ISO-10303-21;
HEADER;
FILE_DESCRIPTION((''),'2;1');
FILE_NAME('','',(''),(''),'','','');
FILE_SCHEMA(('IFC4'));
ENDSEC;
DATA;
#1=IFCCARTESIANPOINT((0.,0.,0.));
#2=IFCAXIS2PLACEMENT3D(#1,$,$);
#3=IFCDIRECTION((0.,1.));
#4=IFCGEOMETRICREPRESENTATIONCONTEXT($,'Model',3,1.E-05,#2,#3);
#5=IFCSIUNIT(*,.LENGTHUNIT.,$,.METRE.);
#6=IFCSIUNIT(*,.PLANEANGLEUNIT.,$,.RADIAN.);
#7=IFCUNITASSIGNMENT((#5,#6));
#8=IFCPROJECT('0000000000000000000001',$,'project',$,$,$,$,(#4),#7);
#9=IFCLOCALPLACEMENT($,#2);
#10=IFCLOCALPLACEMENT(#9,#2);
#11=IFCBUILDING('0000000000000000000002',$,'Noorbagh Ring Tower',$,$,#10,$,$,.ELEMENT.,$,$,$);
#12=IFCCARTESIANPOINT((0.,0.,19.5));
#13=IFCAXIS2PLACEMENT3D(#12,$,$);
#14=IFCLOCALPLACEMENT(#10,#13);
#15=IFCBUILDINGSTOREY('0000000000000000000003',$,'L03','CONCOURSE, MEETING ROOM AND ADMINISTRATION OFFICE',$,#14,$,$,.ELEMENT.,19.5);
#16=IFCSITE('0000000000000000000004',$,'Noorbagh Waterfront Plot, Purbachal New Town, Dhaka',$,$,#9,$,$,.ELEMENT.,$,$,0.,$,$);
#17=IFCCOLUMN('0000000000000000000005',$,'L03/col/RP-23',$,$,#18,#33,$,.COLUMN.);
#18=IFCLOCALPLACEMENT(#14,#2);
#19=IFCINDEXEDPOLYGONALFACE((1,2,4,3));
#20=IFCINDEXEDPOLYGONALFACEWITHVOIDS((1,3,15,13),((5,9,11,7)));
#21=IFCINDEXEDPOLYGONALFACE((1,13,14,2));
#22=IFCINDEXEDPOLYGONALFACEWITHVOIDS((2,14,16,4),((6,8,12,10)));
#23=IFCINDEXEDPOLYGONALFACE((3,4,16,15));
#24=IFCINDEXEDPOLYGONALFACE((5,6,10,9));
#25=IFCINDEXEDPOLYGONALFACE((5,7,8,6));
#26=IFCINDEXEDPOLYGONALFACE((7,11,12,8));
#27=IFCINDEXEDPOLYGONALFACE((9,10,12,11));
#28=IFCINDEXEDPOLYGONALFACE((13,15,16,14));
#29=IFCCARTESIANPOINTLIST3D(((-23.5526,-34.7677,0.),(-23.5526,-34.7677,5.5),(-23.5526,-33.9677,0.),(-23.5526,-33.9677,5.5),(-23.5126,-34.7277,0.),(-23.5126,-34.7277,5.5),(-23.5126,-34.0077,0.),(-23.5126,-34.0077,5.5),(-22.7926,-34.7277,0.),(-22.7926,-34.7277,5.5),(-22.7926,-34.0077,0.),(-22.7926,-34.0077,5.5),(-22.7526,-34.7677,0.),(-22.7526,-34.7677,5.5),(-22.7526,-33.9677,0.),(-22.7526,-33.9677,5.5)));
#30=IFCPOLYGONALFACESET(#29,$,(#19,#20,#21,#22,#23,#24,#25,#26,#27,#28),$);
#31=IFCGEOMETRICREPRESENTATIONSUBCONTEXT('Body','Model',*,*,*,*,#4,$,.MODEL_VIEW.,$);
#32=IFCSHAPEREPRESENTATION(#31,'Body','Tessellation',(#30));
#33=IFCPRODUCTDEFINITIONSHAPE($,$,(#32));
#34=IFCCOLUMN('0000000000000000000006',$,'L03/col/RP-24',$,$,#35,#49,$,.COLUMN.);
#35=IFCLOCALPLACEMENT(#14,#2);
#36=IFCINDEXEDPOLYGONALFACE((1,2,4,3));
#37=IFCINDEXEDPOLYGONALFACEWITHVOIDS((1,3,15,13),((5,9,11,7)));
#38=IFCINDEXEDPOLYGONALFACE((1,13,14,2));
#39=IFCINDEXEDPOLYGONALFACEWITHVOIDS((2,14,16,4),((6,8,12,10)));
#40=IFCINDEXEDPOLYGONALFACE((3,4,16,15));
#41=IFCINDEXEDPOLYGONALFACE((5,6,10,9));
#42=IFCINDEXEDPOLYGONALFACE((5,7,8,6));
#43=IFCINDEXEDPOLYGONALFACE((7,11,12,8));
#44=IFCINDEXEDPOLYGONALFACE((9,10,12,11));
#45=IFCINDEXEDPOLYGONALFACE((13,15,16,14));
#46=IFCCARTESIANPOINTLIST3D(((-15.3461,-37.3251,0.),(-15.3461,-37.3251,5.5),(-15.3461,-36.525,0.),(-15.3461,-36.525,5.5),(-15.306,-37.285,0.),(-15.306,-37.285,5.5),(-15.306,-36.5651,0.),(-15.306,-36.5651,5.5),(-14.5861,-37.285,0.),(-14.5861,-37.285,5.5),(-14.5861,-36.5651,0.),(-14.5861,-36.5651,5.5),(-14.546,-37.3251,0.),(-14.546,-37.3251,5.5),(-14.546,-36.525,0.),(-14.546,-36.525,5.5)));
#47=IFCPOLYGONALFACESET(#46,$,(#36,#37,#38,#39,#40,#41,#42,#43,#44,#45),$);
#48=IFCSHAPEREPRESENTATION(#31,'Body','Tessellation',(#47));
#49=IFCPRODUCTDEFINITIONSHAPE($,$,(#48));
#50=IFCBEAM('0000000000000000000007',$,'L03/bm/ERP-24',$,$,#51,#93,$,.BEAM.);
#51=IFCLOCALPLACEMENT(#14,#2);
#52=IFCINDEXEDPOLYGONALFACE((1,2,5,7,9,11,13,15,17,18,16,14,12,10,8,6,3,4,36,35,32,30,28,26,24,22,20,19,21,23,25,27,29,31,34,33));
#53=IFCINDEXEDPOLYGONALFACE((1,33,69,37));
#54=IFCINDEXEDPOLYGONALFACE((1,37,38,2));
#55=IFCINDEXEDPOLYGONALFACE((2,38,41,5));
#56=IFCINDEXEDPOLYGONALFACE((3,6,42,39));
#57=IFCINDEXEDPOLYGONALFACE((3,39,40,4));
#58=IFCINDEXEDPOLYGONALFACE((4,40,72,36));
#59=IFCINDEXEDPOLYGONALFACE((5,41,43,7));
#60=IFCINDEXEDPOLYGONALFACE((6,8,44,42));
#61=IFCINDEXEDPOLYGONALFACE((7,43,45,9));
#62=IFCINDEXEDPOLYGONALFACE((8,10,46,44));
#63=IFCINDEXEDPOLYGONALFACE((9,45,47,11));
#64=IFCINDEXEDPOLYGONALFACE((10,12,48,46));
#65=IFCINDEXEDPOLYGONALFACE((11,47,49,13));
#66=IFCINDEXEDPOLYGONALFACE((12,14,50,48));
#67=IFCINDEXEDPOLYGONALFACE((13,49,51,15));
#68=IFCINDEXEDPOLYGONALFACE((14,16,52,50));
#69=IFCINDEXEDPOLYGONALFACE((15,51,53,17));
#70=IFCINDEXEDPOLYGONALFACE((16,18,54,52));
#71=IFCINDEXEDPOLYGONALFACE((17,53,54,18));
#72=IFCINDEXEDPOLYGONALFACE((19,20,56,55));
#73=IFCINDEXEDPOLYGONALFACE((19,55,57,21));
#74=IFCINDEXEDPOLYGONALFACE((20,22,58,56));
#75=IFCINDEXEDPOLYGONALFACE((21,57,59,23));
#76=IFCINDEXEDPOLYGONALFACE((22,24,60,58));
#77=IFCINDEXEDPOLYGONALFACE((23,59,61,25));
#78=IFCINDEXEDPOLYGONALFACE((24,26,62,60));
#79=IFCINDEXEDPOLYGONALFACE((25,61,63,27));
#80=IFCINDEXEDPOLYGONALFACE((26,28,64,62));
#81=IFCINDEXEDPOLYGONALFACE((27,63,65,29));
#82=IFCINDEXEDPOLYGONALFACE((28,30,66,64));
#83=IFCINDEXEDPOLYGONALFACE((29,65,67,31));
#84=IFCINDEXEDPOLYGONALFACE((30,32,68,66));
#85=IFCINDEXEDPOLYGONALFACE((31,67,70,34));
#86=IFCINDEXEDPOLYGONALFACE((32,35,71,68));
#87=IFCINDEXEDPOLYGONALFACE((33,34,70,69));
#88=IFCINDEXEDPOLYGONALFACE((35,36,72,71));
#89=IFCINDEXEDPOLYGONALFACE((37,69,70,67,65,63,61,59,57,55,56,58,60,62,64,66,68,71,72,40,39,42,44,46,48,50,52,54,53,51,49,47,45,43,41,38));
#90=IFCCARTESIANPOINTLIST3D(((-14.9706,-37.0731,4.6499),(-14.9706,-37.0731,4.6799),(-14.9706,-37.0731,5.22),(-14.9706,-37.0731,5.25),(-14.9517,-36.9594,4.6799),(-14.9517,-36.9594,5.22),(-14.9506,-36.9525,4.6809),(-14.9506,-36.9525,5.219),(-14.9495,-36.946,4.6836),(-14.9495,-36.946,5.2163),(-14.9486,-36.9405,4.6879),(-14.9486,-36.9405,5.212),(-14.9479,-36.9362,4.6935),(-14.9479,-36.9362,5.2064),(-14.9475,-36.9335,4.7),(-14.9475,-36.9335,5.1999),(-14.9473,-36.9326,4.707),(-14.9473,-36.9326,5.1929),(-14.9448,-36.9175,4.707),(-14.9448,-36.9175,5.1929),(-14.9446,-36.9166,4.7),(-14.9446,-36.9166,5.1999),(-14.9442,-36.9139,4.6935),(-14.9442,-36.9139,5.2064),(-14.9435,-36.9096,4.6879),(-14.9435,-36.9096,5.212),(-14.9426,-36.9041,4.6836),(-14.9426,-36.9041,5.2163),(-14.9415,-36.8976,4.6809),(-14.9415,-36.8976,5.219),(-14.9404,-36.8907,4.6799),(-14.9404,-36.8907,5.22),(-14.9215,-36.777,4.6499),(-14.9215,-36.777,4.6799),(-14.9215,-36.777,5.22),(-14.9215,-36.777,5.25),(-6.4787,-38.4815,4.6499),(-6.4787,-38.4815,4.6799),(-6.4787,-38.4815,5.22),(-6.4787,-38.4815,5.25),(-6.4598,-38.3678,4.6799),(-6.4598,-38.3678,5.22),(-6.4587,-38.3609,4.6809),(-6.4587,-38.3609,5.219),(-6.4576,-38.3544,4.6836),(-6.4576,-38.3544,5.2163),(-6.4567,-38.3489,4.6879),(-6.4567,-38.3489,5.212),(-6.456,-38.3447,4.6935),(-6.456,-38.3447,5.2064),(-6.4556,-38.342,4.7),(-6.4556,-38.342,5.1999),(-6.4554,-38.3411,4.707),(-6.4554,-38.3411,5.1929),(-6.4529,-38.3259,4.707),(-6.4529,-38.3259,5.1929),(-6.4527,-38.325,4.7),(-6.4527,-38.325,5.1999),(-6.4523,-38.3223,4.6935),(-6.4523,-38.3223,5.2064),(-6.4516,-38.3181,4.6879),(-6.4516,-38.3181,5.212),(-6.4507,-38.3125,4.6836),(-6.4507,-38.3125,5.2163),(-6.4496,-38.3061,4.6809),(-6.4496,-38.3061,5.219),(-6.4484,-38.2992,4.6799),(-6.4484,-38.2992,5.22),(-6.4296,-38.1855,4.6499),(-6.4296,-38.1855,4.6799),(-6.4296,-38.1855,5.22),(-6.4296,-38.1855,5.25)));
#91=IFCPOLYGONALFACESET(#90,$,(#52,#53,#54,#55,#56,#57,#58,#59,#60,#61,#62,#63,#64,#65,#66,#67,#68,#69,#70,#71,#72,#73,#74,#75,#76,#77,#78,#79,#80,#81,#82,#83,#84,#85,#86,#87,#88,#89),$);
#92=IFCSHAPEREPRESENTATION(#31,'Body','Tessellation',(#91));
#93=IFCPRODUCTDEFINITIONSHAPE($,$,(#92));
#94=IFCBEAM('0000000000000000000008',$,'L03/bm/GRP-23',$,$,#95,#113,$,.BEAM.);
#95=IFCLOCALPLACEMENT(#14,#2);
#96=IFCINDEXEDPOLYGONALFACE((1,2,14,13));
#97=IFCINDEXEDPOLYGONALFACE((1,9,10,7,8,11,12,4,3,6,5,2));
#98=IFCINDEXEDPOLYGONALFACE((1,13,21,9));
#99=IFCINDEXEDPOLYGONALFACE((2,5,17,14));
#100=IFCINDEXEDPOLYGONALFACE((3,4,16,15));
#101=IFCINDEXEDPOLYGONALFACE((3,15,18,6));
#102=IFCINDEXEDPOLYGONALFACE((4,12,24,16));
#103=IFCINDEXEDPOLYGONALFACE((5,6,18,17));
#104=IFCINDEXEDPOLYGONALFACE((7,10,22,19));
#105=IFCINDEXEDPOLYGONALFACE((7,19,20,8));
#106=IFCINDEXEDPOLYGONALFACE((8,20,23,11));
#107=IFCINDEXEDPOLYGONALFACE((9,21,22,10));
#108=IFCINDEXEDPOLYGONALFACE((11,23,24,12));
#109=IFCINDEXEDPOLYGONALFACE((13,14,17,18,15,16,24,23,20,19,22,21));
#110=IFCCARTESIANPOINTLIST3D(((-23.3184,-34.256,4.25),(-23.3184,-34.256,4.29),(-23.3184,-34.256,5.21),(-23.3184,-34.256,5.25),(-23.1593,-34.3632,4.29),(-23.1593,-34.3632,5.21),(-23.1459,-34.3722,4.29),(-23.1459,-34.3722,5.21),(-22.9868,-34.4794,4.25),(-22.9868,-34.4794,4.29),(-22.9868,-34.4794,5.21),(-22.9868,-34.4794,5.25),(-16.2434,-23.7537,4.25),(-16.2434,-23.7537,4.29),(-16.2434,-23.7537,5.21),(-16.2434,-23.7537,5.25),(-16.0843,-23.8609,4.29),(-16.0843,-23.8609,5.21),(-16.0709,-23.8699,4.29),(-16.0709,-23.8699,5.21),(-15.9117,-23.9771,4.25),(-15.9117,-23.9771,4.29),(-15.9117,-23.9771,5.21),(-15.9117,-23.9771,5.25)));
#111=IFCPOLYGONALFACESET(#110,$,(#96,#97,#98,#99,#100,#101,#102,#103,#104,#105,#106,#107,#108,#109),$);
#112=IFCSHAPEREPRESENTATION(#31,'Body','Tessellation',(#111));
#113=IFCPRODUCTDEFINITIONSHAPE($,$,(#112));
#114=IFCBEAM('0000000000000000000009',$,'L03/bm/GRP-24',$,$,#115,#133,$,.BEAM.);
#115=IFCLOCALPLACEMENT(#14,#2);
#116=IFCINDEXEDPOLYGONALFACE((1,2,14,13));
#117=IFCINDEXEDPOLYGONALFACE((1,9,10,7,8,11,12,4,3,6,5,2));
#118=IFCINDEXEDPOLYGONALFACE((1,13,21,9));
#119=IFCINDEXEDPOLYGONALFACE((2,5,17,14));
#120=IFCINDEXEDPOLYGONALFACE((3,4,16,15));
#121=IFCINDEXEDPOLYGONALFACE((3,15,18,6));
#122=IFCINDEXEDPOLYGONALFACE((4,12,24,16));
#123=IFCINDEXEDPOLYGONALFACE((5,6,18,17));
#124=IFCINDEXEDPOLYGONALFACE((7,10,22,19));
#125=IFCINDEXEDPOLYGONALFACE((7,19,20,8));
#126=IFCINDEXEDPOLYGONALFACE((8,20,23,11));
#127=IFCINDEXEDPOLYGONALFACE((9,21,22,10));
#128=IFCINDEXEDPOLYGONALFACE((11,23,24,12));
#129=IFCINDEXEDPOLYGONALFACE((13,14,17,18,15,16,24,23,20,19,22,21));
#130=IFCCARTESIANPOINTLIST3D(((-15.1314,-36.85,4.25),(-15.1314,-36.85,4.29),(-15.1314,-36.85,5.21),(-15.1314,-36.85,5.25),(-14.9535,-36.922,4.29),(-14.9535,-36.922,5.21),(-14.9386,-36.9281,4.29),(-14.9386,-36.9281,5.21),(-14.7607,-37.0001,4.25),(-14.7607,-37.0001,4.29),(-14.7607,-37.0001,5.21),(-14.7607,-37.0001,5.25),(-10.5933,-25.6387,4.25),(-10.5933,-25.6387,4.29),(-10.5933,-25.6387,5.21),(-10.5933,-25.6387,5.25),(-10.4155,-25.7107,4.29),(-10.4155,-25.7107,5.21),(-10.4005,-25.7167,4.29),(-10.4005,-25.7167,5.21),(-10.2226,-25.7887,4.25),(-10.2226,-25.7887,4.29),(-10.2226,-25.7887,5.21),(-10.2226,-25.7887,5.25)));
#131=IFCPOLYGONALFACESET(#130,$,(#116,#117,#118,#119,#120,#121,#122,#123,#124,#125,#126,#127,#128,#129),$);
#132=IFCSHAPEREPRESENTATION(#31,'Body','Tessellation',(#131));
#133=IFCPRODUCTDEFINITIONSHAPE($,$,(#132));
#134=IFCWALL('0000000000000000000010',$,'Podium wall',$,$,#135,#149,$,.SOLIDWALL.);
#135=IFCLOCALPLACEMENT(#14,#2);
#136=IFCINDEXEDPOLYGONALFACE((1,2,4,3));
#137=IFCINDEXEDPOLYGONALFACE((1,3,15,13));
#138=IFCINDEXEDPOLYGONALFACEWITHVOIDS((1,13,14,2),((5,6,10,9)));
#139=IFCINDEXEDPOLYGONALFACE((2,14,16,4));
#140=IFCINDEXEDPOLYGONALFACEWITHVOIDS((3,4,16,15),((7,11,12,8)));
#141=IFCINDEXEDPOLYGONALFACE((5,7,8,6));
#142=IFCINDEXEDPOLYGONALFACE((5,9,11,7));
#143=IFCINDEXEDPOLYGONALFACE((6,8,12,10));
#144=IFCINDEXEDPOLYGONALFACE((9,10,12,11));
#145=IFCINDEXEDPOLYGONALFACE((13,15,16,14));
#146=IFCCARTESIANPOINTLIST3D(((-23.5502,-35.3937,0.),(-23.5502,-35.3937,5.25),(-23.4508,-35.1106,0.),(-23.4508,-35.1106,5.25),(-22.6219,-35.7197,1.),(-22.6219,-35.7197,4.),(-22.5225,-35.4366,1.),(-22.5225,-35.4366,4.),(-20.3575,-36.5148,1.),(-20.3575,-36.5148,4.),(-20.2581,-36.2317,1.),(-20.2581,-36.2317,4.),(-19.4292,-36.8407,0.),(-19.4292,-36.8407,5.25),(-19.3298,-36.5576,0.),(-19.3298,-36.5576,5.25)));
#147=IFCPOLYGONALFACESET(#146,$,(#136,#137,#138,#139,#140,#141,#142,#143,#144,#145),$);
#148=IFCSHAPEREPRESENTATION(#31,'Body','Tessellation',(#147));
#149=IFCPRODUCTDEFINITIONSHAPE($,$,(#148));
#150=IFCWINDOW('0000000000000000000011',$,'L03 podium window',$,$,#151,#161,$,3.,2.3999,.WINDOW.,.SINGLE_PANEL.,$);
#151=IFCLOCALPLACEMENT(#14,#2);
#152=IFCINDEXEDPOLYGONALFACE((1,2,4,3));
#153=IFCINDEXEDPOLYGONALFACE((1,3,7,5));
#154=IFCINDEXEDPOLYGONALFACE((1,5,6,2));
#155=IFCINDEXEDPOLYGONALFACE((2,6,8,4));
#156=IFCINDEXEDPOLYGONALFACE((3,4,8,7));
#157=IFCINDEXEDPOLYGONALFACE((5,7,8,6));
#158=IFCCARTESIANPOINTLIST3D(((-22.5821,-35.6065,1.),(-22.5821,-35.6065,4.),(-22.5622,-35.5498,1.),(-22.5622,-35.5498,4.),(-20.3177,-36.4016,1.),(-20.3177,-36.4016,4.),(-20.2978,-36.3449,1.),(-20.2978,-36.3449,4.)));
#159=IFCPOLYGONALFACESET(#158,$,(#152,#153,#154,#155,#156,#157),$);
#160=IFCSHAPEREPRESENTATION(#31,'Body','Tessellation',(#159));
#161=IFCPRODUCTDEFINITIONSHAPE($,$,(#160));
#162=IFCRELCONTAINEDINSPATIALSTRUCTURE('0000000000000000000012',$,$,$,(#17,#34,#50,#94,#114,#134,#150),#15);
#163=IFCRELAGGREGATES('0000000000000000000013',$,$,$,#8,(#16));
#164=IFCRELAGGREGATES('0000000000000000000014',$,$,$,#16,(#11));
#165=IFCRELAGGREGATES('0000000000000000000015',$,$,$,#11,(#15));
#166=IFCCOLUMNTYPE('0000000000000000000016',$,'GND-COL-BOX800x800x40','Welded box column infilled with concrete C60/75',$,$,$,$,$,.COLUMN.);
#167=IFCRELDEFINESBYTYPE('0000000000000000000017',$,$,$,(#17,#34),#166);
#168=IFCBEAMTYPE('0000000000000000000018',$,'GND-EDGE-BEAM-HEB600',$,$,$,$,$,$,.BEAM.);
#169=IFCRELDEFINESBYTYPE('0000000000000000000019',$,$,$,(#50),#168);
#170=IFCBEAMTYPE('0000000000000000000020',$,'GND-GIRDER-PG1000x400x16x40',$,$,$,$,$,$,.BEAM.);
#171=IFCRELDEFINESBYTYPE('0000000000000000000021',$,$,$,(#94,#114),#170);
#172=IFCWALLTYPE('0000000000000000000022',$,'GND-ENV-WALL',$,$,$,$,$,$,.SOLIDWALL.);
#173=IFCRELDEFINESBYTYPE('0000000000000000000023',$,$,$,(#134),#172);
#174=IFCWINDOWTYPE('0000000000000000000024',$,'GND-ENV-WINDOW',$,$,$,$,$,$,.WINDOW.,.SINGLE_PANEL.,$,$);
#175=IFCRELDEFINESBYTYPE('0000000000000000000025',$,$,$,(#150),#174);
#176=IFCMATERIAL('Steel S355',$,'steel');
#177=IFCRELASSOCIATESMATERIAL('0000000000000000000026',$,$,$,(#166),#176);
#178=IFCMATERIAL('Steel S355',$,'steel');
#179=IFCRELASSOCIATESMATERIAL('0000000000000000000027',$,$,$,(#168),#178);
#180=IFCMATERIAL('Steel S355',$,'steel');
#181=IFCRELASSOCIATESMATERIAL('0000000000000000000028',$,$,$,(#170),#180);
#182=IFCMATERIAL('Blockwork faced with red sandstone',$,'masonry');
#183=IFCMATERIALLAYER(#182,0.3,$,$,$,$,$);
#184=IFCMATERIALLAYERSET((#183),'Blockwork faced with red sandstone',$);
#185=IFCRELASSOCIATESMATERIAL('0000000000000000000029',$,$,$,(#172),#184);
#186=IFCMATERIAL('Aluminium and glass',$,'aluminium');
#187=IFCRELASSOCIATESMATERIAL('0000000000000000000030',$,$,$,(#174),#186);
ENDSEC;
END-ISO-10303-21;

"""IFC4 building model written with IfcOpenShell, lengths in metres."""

from ifc_helpers import new_model, si_unit, direction, frame, frame_2d, origin, origin_2d, place, context, subcontext, project, spatial, rectangle, hollow_rectangle, i_section, extrude, material, layer, layer_set, material_profile, profile_set, type_object, element, fill, save


model = new_model("IFC4")

# Units and contexts
model_context = context("Model", 3, precision=1e-05, world=origin(), true_north=direction((0.0, 1.0)))
body_context = subcontext(model_context, "Body", "Model", "MODEL_VIEW")
ifc_project = project(units=[si_unit("LENGTHUNIT", "METRE"), si_unit("PLANEANGLEUNIT", "RADIAN")], contexts=[model_context])

# Site, building, storey
site_placement = place(None, origin())
site = spatial("IfcSite", under=ifc_project, at=site_placement, Name="Noorbagh Waterfront Plot, Purbachal New Town, Dhaka", CompositionType="ELEMENT", RefElevation=0.0)
building_placement = place(site_placement, origin())
building = spatial("IfcBuilding", under=site, at=building_placement, Name="Noorbagh Ring Tower", CompositionType="ELEMENT")
storey_placement = place(building_placement, frame((0.0, 0.0, 19.5)))
storey = spatial("IfcBuildingStorey", under=building, at=storey_placement, Name="L03", Description="CONCOURSE, MEETING ROOM AND ADMINISTRATION OFFICE", CompositionType="ELEMENT", Elevation=19.5)

# Columns
ifc_material_1 = material(Name="Steel S355", Category="steel")
ifc_material_profile_1 = material_profile(ifc_material_1, hollow_rectangle(XDim=0.8, YDim=0.8, WallThickness=0.04, at=origin_2d()), Name="BOX800x800x40")
ifc_profile_set_1 = profile_set([ifc_material_profile_1], Name="Steel S355")
column_type = type_object("IfcColumnType", Name="GND-COL-BOX800x800x40", Description="Welded box column infilled with concrete C60/75", PredefinedType="COLUMN", material=ifc_profile_set_1)
for number, where, z_axis, x_axis, name in (
    (1, (-23.1526, -34.3677, 0.0), (0.0, 0.0, 1.0), (1.0, 0.0, 0.0), "L03/col/RP-23"),
    (2, (-14.946, -36.925, 0.0), (0.0, 0.0, 1.0), (1.0, 0.0, 0.0), "L03/col/RP-24"),
):
    element("IfcColumn", number, at=place(storey_placement, frame(where, z_axis=z_axis, x_axis=x_axis)), inside=storey, type_object=column_type, Name=name, PredefinedType="COLUMN", context=body_context, shape_type="SweptSolid", body=[
        extrude(hollow_rectangle(XDim=0.8, YDim=0.8, WallThickness=0.04, at=origin_2d()), origin(), (0.0, 0.0, 1.0), 5.5),
    ])

# Beams
ifc_material_2 = material(Name="Steel S355", Category="steel")
ifc_material_profile_2 = material_profile(ifc_material_2, i_section(OverallWidth=0.3, OverallDepth=0.6001, WebThickness=0.0154, FlangeThickness=0.03, FilletRadius=0.0271, at=origin_2d()), Name="HEB600")
ifc_profile_set_2 = profile_set([ifc_material_profile_2], Name="Steel S355")
beam_type_1 = type_object("IfcBeamType", Name="GND-EDGE-BEAM-HEB600", PredefinedType="BEAM", material=ifc_profile_set_2)
beam_1_placement = place(storey_placement, frame((-14.946, -36.925, 4.95), z_axis=(0.986523, -0.163622, 0.0), x_axis=(0.163622, 0.986523, 0.0)))
element("IfcBeam", 3, at=beam_1_placement, inside=storey, type_object=beam_type_1, Name="L03/bm/ERP-24", PredefinedType="BEAM", context=body_context, shape_type="SweptSolid", body=[
    extrude(i_section(OverallWidth=0.3, OverallDepth=0.6001, WebThickness=0.0154, FlangeThickness=0.03, FilletRadius=0.0271, at=origin_2d()), origin(), (0.0, 0.0, 1.0), 8.6079),
])
ifc_material_3 = material(Name="Steel S355", Category="steel")
ifc_material_profile_3 = material_profile(ifc_material_3, i_section(OverallWidth=0.3999, OverallDepth=1.0, WebThickness=0.0161, FlangeThickness=0.04, at=origin_2d()), Name="PG1000x400x16x40")
ifc_profile_set_3 = profile_set([ifc_material_profile_3], Name="Steel S355")
beam_type_2 = type_object("IfcBeamType", Name="GND-GIRDER-PG1000x400x16x40", PredefinedType="BEAM", material=ifc_profile_set_3)
beam_2_placement = place(storey_placement, frame((-23.1526, -34.3677, 4.75), z_axis=(0.558711, 0.829362, 0.0), x_axis=(-0.829362, 0.558711, 0.0)))
element("IfcBeam", 4, at=beam_2_placement, inside=storey, type_object=beam_type_2, Name="L03/bm/GRP-23", PredefinedType="BEAM", context=body_context, shape_type="SweptSolid", body=[
    extrude(i_section(OverallWidth=0.3999, OverallDepth=1.0, WebThickness=0.0161, FlangeThickness=0.04, at=origin_2d()), origin(), (0.0, 0.0, 1.0), 12.6631),
])
beam_3_placement = place(storey_placement, frame((-14.946, -36.925, 4.75), z_axis=(0.375202, 0.926943, 0.0), x_axis=(-0.926943, 0.375202, 0.0)))
element("IfcBeam", 5, at=beam_3_placement, inside=storey, type_object=beam_type_2, Name="L03/bm/GRP-24", PredefinedType="BEAM", context=body_context, shape_type="SweptSolid", body=[
    extrude(i_section(OverallWidth=0.3999, OverallDepth=1.0, WebThickness=0.0161, FlangeThickness=0.04, at=origin_2d()), origin(), (0.0, 0.0, 1.0), 12.095),
])

# Wall, opening, window
ifc_material_4 = material(Name="Blockwork faced with red sandstone", Category="masonry")
ifc_layer_1 = layer(ifc_material_4, 0.3)
ifc_layer_set_1 = layer_set([ifc_layer_1], Name="Blockwork faced with red sandstone")
wall_type_1 = type_object("IfcWallType", Name="GND-ENV-WALL", PredefinedType="SOLIDWALL", material=ifc_layer_set_1)
wall_1_placement = place(storey_placement, frame((-23.5005, -35.2522, 0.0), z_axis=(0.0, 0.0, 1.0), x_axis=(0.943527, -0.331296, 0.0)))
wall_1 = element("IfcWall", 6, at=wall_1_placement, inside=storey, type_object=wall_type_1, Name="Podium wall", PredefinedType="SOLIDWALL", context=body_context, shape_type="SweptSolid", body=[
    extrude(rectangle(XDim=4.3677, YDim=0.3, at=frame_2d((2.1838, 0.0))), origin(), (0.0, 0.0, 1.0), 5.25),
])
opening_1_placement = place(wall_1_placement, frame((0.9839, 0.0, 1.0)))
opening_1 = element("IfcOpeningElement", 7, at=opening_1_placement, cuts=wall_1, PredefinedType="OPENING", context=body_context, shape_type="SweptSolid", body=[
    extrude(rectangle(XDim=2.3999, YDim=3.0, at=frame_2d((1.2, 1.5))), frame((0.0, 0.1602, 0.0), z_axis=(0.0, -1.0, 0.0), x_axis=(1.0, 0.0, 0.0)), (0.0, 0.0, 1.0), 0.3201),
])
ifc_material_5 = material(Name="Aluminium and glass", Category="aluminium")
window_type = type_object("IfcWindowType", Name="GND-ENV-WINDOW", PartitioningType="SINGLE_PANEL", PredefinedType="WINDOW", material=ifc_material_5)
window_1_placement = place(opening_1_placement, origin())
window_1 = element("IfcWindow", 8, at=window_1_placement, inside=storey, type_object=window_type, Name="L03 podium window", OverallHeight=3.0, OverallWidth=2.3999, PartitioningType="SINGLE_PANEL", PredefinedType="WINDOW", context=body_context, shape_type="SweptSolid", body=[
    extrude(rectangle(XDim=2.3999, YDim=3.0, at=frame_2d((1.2, 1.5))), frame((0.0, 0.03, 0.0), z_axis=(0.0, -1.0, 0.0), x_axis=(1.0, 0.0, 0.0)), (0.0, 0.0, 1.0), 0.0601),
])
fill(opening_1, window_1)

save(model, "model.ifc")
